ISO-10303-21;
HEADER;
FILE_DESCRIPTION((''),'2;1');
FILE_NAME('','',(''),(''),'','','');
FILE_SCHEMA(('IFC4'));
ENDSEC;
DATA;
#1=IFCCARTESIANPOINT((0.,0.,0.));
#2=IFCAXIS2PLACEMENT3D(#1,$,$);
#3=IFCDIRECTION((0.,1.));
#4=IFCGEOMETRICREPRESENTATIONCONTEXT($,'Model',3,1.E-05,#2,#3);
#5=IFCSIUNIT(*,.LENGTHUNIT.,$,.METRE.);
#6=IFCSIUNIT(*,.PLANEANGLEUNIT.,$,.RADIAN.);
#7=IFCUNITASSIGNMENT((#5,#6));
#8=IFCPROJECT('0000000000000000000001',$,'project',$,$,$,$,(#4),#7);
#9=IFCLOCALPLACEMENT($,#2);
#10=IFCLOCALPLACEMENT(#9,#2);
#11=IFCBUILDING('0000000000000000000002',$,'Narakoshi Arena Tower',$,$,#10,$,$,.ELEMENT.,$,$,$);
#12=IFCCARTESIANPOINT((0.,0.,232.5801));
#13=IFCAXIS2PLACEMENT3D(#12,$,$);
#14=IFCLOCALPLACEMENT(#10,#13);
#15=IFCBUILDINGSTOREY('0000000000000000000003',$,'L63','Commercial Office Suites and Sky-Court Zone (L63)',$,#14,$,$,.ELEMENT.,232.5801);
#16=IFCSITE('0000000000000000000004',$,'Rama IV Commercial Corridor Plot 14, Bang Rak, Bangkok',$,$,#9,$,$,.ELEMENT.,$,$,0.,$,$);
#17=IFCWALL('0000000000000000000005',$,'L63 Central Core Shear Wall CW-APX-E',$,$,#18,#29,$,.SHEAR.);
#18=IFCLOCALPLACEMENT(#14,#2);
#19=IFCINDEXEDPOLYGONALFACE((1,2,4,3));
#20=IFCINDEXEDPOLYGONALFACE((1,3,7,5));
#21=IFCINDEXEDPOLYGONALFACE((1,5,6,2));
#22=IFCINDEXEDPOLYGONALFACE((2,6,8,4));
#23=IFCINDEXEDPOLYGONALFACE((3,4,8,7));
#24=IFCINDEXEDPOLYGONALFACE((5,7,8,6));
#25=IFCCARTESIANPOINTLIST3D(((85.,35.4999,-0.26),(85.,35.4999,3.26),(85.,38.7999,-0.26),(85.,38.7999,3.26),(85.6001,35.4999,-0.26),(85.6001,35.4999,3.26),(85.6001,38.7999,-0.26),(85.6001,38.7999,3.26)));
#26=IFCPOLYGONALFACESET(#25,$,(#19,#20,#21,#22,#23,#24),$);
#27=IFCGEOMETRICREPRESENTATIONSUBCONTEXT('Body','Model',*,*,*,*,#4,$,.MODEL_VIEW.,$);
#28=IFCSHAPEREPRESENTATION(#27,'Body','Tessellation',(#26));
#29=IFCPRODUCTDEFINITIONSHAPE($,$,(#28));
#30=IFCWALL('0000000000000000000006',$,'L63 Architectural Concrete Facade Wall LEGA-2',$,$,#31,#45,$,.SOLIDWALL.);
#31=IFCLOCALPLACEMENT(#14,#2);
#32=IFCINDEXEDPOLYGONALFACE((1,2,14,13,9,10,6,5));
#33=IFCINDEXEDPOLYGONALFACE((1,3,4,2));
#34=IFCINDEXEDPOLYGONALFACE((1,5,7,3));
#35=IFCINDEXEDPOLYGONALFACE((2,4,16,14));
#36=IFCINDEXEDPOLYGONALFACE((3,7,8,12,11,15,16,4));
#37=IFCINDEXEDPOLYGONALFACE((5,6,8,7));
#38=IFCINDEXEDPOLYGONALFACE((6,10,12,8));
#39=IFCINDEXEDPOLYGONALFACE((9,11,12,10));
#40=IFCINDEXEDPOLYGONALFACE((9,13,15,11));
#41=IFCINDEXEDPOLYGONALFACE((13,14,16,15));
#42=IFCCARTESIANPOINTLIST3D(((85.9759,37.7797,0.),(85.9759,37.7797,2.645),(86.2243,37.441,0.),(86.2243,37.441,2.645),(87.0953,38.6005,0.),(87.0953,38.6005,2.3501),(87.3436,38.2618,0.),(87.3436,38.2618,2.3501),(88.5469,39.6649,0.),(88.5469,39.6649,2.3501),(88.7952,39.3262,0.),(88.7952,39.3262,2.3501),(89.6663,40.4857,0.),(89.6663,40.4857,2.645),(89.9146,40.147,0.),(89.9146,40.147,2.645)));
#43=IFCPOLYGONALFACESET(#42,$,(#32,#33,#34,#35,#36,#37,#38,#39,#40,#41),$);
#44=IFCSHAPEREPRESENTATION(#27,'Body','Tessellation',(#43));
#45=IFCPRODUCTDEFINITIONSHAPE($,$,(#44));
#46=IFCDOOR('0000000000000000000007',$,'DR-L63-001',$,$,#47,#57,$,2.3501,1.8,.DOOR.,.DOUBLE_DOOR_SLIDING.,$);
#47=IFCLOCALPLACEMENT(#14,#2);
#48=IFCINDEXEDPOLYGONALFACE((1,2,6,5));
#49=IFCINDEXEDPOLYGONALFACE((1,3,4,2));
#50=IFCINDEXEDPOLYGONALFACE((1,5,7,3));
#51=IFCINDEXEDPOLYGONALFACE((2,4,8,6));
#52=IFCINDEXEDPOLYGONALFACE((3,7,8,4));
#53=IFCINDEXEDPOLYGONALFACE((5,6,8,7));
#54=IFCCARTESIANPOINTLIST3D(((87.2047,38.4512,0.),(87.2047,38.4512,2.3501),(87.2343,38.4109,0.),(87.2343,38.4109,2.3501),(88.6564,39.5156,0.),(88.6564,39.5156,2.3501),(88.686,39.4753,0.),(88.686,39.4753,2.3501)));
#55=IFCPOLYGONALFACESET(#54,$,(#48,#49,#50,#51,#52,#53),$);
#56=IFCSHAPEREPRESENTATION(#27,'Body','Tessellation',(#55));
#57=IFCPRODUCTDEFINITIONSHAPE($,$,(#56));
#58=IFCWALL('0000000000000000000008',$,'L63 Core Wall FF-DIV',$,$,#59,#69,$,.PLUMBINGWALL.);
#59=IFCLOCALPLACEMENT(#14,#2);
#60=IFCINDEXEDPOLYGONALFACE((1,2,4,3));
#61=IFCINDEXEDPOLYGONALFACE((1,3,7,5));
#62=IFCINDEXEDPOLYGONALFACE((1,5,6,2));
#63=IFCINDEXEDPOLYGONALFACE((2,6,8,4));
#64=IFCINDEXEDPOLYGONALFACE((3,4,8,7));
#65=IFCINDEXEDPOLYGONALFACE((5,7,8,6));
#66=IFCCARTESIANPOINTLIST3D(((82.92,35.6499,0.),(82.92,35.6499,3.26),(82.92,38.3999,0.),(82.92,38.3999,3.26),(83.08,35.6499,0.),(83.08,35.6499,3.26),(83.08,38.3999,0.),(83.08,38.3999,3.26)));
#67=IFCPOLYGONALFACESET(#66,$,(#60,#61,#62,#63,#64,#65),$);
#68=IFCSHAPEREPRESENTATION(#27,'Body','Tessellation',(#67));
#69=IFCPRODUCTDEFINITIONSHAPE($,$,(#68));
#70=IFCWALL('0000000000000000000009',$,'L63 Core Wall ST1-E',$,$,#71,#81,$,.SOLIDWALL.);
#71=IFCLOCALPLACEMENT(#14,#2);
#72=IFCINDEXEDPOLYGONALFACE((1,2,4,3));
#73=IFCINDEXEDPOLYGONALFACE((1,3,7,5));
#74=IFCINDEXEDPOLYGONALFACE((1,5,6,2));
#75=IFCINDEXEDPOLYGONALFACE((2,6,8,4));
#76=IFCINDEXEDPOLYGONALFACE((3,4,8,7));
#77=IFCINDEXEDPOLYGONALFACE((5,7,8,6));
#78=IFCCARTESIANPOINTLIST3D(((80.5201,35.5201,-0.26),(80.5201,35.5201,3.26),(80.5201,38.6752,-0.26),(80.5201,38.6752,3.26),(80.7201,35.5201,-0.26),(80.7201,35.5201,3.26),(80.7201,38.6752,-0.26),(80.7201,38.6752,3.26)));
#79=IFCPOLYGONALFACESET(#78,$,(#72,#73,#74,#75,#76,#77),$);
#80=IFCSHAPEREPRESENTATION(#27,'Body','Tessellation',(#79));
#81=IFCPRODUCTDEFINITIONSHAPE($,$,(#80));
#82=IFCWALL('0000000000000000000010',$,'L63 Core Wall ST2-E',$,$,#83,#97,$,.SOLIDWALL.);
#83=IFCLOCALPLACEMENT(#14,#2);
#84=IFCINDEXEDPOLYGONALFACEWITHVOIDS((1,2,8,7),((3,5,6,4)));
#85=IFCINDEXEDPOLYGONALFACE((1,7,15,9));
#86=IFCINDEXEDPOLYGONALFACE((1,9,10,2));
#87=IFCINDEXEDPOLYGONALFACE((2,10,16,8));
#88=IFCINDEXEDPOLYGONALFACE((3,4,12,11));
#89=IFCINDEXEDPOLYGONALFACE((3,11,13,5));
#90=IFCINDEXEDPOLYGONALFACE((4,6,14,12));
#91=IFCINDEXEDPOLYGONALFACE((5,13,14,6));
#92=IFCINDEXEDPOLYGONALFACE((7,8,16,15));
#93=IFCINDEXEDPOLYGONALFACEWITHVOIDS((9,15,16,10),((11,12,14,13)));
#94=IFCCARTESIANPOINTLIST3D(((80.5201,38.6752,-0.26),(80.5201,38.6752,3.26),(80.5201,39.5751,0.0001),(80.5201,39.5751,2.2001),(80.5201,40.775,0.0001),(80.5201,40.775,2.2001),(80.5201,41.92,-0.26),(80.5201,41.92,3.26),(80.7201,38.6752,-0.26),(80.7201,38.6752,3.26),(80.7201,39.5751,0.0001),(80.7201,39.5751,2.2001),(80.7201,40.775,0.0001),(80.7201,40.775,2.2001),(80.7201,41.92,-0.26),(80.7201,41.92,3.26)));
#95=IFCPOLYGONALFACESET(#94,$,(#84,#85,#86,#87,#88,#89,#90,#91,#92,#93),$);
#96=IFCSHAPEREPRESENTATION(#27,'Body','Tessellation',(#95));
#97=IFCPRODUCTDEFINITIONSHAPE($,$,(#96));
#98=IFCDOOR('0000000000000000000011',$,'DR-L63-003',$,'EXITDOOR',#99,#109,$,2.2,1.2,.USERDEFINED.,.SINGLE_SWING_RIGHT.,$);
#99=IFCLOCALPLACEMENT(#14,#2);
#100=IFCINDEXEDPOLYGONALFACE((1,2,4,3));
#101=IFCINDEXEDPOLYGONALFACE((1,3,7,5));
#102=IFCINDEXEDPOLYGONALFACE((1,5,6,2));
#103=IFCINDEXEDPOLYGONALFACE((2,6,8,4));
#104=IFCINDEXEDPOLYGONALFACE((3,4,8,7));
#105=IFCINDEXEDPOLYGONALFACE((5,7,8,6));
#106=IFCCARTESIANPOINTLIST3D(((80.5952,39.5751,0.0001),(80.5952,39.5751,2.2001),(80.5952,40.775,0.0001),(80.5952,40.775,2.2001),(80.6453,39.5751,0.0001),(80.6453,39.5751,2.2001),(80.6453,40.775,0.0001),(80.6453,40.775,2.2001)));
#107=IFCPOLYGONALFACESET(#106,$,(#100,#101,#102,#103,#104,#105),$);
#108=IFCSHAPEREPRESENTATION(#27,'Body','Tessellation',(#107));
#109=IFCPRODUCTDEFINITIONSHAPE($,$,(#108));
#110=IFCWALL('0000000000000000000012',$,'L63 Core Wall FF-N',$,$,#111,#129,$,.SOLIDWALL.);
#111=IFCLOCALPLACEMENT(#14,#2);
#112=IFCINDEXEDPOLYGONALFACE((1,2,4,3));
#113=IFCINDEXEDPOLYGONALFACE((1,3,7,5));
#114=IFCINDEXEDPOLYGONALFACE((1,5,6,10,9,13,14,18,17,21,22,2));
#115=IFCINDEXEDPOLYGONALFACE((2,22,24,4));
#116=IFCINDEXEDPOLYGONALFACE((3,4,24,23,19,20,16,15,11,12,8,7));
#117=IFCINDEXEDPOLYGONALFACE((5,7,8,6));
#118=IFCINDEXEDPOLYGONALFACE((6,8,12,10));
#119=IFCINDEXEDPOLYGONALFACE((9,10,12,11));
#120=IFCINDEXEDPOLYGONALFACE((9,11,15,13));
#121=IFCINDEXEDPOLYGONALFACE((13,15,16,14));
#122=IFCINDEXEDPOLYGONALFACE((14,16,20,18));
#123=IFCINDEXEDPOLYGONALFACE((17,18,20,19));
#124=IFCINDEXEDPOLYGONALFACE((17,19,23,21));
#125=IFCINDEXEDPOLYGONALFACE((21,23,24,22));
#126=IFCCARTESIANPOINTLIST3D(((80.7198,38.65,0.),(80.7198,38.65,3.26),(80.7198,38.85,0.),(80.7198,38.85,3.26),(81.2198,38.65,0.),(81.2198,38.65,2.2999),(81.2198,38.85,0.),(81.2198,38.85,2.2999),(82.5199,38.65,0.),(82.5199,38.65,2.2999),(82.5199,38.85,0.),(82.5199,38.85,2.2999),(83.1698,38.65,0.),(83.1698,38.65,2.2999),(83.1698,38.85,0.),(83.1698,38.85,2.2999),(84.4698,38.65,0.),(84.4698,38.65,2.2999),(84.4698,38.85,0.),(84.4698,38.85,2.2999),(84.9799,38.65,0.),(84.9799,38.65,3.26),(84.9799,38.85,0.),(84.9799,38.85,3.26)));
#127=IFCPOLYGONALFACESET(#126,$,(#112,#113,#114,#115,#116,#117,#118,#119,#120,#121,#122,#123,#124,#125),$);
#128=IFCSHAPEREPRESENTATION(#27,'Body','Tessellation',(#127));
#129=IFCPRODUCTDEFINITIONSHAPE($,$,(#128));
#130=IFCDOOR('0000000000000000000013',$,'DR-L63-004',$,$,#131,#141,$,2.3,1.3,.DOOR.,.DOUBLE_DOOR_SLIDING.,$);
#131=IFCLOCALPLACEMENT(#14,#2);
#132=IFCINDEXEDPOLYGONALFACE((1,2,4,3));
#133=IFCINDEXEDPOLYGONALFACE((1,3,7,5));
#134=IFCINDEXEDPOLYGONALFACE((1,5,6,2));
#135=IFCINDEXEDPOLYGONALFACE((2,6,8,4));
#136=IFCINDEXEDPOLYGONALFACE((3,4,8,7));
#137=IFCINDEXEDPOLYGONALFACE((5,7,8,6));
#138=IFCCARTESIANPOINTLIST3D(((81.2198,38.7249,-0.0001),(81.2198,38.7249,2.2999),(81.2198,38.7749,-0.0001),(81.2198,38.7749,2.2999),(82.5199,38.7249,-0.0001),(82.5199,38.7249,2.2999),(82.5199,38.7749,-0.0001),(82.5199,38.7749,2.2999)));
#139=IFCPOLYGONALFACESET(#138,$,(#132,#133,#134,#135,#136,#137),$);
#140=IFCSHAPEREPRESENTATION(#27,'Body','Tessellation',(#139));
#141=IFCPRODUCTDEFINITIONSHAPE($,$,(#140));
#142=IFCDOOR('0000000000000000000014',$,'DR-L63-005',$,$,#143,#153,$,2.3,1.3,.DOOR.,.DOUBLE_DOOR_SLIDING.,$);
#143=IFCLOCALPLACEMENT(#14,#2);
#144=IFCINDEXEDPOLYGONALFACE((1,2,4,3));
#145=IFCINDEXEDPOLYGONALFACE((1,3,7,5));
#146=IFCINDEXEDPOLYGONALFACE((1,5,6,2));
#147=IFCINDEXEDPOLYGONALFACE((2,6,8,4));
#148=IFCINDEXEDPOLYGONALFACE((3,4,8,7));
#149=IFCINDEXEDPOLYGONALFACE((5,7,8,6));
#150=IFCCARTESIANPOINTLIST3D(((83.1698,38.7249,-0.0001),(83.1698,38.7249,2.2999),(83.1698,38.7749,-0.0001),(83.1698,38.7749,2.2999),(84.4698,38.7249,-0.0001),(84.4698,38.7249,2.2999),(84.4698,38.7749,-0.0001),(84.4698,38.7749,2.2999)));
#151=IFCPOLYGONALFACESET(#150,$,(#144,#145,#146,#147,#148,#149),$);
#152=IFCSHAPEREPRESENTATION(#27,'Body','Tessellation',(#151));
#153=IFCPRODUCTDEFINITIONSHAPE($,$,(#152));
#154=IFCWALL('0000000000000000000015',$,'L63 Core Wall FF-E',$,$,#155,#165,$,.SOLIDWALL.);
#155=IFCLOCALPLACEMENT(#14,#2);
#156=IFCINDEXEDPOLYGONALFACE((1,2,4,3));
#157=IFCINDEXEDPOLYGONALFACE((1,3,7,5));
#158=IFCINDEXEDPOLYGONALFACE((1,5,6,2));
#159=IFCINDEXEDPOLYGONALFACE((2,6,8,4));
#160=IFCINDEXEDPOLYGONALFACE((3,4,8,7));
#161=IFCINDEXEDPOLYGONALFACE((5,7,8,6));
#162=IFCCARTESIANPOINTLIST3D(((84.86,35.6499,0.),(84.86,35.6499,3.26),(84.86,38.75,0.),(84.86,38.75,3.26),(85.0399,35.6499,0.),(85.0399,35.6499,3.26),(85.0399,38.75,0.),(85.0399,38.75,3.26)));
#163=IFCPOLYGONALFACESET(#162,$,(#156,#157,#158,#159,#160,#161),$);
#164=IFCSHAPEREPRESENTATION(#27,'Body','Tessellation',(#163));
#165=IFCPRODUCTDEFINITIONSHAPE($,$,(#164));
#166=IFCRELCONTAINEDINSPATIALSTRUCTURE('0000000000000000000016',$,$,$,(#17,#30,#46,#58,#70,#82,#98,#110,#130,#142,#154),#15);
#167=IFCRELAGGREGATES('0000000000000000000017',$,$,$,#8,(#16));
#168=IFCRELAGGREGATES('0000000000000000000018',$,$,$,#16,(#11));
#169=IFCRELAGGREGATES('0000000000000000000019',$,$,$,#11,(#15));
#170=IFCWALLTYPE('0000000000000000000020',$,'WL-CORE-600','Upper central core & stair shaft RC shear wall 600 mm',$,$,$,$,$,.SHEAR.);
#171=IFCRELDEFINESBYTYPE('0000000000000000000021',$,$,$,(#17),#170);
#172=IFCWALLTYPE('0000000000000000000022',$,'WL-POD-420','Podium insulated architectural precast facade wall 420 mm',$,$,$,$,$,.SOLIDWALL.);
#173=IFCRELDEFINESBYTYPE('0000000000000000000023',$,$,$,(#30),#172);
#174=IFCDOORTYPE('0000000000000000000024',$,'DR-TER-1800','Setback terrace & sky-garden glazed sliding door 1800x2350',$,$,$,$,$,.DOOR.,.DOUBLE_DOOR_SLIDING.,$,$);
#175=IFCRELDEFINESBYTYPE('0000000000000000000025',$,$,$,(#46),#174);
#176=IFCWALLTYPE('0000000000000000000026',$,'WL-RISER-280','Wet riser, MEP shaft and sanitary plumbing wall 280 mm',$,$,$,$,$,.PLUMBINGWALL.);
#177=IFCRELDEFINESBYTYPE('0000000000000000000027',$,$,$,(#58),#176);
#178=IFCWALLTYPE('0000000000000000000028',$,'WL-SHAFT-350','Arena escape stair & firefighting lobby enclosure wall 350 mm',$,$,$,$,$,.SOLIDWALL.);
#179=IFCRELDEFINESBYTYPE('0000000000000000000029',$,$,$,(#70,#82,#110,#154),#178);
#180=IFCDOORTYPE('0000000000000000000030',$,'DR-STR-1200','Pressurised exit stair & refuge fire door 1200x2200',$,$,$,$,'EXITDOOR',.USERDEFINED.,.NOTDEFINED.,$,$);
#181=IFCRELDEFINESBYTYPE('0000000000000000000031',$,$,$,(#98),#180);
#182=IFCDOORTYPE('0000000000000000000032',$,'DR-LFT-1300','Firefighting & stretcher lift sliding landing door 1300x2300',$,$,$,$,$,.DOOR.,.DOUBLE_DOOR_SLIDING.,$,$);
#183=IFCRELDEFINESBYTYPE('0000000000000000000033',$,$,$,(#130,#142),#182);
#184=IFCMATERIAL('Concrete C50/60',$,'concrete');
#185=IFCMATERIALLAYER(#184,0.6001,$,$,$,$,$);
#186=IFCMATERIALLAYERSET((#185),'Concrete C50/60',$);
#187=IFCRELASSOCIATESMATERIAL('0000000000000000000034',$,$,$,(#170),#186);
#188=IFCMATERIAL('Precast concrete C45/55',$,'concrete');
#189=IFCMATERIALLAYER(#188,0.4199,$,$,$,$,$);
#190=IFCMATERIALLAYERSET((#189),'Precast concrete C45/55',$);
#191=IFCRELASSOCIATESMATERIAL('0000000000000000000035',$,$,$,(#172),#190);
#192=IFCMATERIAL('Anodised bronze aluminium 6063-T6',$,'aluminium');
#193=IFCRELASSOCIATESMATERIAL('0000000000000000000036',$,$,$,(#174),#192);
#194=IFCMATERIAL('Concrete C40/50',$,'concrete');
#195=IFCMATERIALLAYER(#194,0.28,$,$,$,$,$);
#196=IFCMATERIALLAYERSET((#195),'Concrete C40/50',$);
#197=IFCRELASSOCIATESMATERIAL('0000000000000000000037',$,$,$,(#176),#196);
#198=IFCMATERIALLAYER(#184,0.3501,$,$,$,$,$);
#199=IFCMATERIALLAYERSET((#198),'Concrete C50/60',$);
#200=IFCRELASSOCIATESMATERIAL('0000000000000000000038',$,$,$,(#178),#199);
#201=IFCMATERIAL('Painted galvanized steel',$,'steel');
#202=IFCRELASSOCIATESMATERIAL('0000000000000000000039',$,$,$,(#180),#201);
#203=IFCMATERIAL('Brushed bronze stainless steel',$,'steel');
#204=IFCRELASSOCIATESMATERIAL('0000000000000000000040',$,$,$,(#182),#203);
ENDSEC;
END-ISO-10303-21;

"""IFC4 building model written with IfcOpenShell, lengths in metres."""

from ifc_helpers import new_model, si_unit, direction, frame, frame_2d, origin, place, context, subcontext, project, spatial, rectangle, extrude, material, layer, layer_set, type_object, element, fill, save


model = new_model("IFC4")

# Units and contexts
model_context = context("Model", 3, precision=1e-05, world=origin(), true_north=direction((0.0, 1.0)))
body_context = subcontext(model_context, "Body", "Model", "MODEL_VIEW")
ifc_project = project(units=[si_unit("LENGTHUNIT", "METRE"), si_unit("PLANEANGLEUNIT", "RADIAN")], contexts=[model_context])

# Site, building, storey
site_placement = place(None, origin())
site = spatial("IfcSite", under=ifc_project, at=site_placement, Name="Rama IV Commercial Corridor Plot 14, Bang Rak, Bangkok", CompositionType="ELEMENT", RefElevation=0.0)
building_placement = place(site_placement, origin())
building = spatial("IfcBuilding", under=site, at=building_placement, Name="Narakoshi Arena Tower", CompositionType="ELEMENT")
storey_placement = place(building_placement, frame((0.0, 0.0, 232.5801)))
storey = spatial("IfcBuildingStorey", under=building, at=storey_placement, Name="L63", Description="Commercial Office Suites and Sky-Court Zone (L63)", CompositionType="ELEMENT", Elevation=232.5801)

# Wall
ifc_material_1 = material(Name="Concrete C50/60", Category="concrete")
ifc_layer_1 = layer(ifc_material_1, 0.6001)
ifc_layer_set_1 = layer_set([ifc_layer_1], Name="Concrete C50/60")
wall_type_1 = type_object("IfcWallType", Name="WL-CORE-600", Description="Upper central core & stair shaft RC shear wall 600 mm", PredefinedType="SHEAR", material=ifc_layer_set_1)
wall_1_placement = place(storey_placement, frame((85.3, 35.5, -0.26), z_axis=(0.0, 0.0, 1.0), x_axis=(0.0, 1.0, 0.0)))
element("IfcWall", 1, at=wall_1_placement, inside=storey, type_object=wall_type_1, Name="L63 Central Core Shear Wall CW-APX-E", PredefinedType="SHEAR", context=body_context, shape_type="SweptSolid", body=[
    extrude(rectangle(XDim=3.3, YDim=0.6001, at=frame_2d((1.6499, 0.0))), origin(), (0.0, 0.0, 1.0), 3.52),
])

# Wall, opening, door
ifc_material_2 = material(Name="Precast concrete C45/55", Category="concrete")
ifc_layer_2 = layer(ifc_material_2, 0.4199)
ifc_layer_set_2 = layer_set([ifc_layer_2], Name="Precast concrete C45/55")
wall_type_2 = type_object("IfcWallType", Name="WL-POD-420", Description="Podium insulated architectural precast facade wall 420 mm", PredefinedType="SOLIDWALL", material=ifc_layer_set_2)
wall_2_placement = place(storey_placement, frame((86.1001, 37.6104, 0.0), z_axis=(0.0, 0.0, 1.0), x_axis=(0.806432, 0.591327, 0.0)))
wall_2 = element("IfcWall", 2, at=wall_2_placement, inside=storey, type_object=wall_type_2, Name="L63 Architectural Concrete Facade Wall LEGA-2", PredefinedType="SOLIDWALL", context=body_context, shape_type="SweptSolid", body=[
    extrude(rectangle(XDim=4.5762, YDim=0.4199, at=frame_2d((2.2881, 0.0))), origin(), (0.0, 0.0, 1.0), 2.645),
])
opening_1_placement = place(wall_2_placement, frame((1.3882, 0.0, 0.0)))
opening_1 = element("IfcOpeningElement", 3, at=opening_1_placement, cuts=wall_2, PredefinedType="OPENING", context=body_context, shape_type="SweptSolid", body=[
    extrude(rectangle(XDim=1.8, YDim=2.3501, at=frame_2d((0.8999, 1.175))), frame((0.0, 0.22, 0.0), z_axis=(0.0, -1.0, 0.0), x_axis=(1.0, 0.0, 0.0)), (0.0, 0.0, 1.0), 0.4399),
])
ifc_material_3 = material(Name="Anodised bronze aluminium 6063-T6", Category="aluminium")
door_type_1 = type_object("IfcDoorType", Name="DR-TER-1800", Description="Setback terrace & sky-garden glazed sliding door 1800x2350", OperationType="DOUBLE_DOOR_SLIDING", PredefinedType="DOOR", material=ifc_material_3)
door_1_placement = place(opening_1_placement, origin())
door_1 = element("IfcDoor", 4, at=door_1_placement, inside=storey, type_object=door_type_1, Name="DR-L63-001", OperationType="DOUBLE_DOOR_SLIDING", OverallHeight=2.3501, OverallWidth=1.8, PredefinedType="DOOR", context=body_context, shape_type="SweptSolid", body=[
    extrude(rectangle(XDim=1.8, YDim=2.3501, at=frame_2d((0.8999, 1.175))), frame((0.0, 0.0249, 0.0), z_axis=(0.0, -1.0, 0.0), x_axis=(1.0, 0.0, 0.0)), (0.0, 0.0, 1.0), 0.05),
])
fill(opening_1, door_1)

# Walls
ifc_material_4 = material(Name="Concrete C40/50", Category="concrete")
ifc_layer_3 = layer(ifc_material_4, 0.28)
ifc_layer_set_3 = layer_set([ifc_layer_3], Name="Concrete C40/50")
wall_type_3 = type_object("IfcWallType", Name="WL-RISER-280", Description="Wet riser, MEP shaft and sanitary plumbing wall 280 mm", PredefinedType="PLUMBINGWALL", material=ifc_layer_set_3)
wall_3_placement = place(storey_placement, frame((83.0, 35.6499, 0.0), z_axis=(0.0, 0.0, 1.0), x_axis=(0.0, 1.0, 0.0)))
element("IfcWall", 5, at=wall_3_placement, inside=storey, type_object=wall_type_3, Name="L63 Core Wall FF-DIV", PredefinedType="PLUMBINGWALL", context=body_context, shape_type="SweptSolid", body=[
    extrude(rectangle(XDim=2.75, YDim=0.1599, at=frame_2d((1.375, 0.0))), origin(), (0.0, 0.0, 1.0), 3.26),
])
ifc_layer_4 = layer(ifc_material_1, 0.3501)
ifc_layer_set_4 = layer_set([ifc_layer_4], Name="Concrete C50/60")
wall_type_4 = type_object("IfcWallType", Name="WL-SHAFT-350", Description="Arena escape stair & firefighting lobby enclosure wall 350 mm", PredefinedType="SOLIDWALL", material=ifc_layer_set_4)
wall_4_placement = place(storey_placement, frame((80.6201, 35.52, -0.26), z_axis=(0.0, 0.0, 1.0), x_axis=(0.0, 1.0, 0.0)))
element("IfcWall", 6, at=wall_4_placement, inside=storey, type_object=wall_type_4, Name="L63 Core Wall ST1-E", PredefinedType="SOLIDWALL", context=body_context, shape_type="SweptSolid", body=[
    extrude(rectangle(XDim=3.155, YDim=0.2, at=frame_2d((1.5776, 0.0))), origin(), (0.0, 0.0, 1.0), 3.52),
])

# Wall, opening, door
wall_5_placement = place(storey_placement, frame((80.6201, 38.675, -0.26), z_axis=(0.0, 0.0, 1.0), x_axis=(0.0, 1.0, 0.0)))
wall_5 = element("IfcWall", 7, at=wall_5_placement, inside=storey, type_object=wall_type_4, Name="L63 Core Wall ST2-E", PredefinedType="SOLIDWALL", context=body_context, shape_type="SweptSolid", body=[
    extrude(rectangle(XDim=3.2449, YDim=0.2, at=frame_2d((1.6226, 0.0))), origin(), (0.0, 0.0, 1.0), 3.52),
])
opening_2_placement = place(wall_5_placement, frame((0.8999, 0.0, 0.26)))
opening_2 = element("IfcOpeningElement", 8, at=opening_2_placement, cuts=wall_5, PredefinedType="OPENING", context=body_context, shape_type="SweptSolid", body=[
    extrude(rectangle(XDim=1.2, YDim=2.2, at=frame_2d((0.6001, 1.1001))), frame((0.0, 0.1099, 0.0), z_axis=(0.0, -1.0, 0.0), x_axis=(1.0, 0.0, 0.0)), (0.0, 0.0, 1.0), 0.22),
])
ifc_material_5 = material(Name="Painted galvanized steel", Category="steel")
door_type_2 = type_object("IfcDoorType", Name="DR-STR-1200", Description="Pressurised exit stair & refuge fire door 1200x2200", ElementType="EXITDOOR", OperationType="NOTDEFINED", PredefinedType="USERDEFINED", material=ifc_material_5)
door_2_placement = place(opening_2_placement, origin())
door_2 = element("IfcDoor", 9, at=door_2_placement, inside=storey, type_object=door_type_2, Name="DR-L63-003", ObjectType="EXITDOOR", OperationType="SINGLE_SWING_RIGHT", OverallHeight=2.2, OverallWidth=1.2, PredefinedType="USERDEFINED", context=body_context, shape_type="SweptSolid", body=[
    extrude(rectangle(XDim=1.2, YDim=2.2, at=frame_2d((0.6001, 1.1001))), frame((0.0, 0.0249, 0.0), z_axis=(0.0, -1.0, 0.0), x_axis=(1.0, 0.0, 0.0)), (0.0, 0.0, 1.0), 0.05),
])
fill(opening_2, door_2)

# Wall, openings, doors
wall_6_placement = place(storey_placement, frame((80.72, 38.75, 0.0), z_axis=(0.0, 0.0, 1.0), x_axis=(1.0, 0.0, 0.0)))
wall_6 = element("IfcWall", 10, at=wall_6_placement, inside=storey, type_object=wall_type_4, Name="L63 Core Wall FF-N", PredefinedType="SOLIDWALL", context=body_context, shape_type="SweptSolid", body=[
    extrude(rectangle(XDim=4.26, YDim=0.2, at=frame_2d((2.1299, 0.0))), origin(), (0.0, 0.0, 1.0), 3.26),
])
opening_3_placement = place(wall_6_placement, frame((0.5, 0.0, 0.0)))
opening_3 = element("IfcOpeningElement", 11, at=opening_3_placement, cuts=wall_6, PredefinedType="OPENING", context=body_context, shape_type="SweptSolid", body=[
    extrude(rectangle(XDim=1.3, YDim=2.3, at=frame_2d((0.6499, 1.1499))), frame((0.0, 0.1099, 0.0), z_axis=(0.0, -1.0, 0.0), x_axis=(1.0, 0.0, 0.0)), (0.0, 0.0, 1.0), 0.22),
])
opening_4_placement = place(wall_6_placement, frame((2.45, 0.0, 0.0)))
opening_4 = element("IfcOpeningElement", 12, at=opening_4_placement, cuts=wall_6, PredefinedType="OPENING", context=body_context, shape_type="SweptSolid", body=[
    extrude(rectangle(XDim=1.3, YDim=2.3, at=frame_2d((0.6499, 1.1499))), frame((0.0, 0.1099, 0.0), z_axis=(0.0, -1.0, 0.0), x_axis=(1.0, 0.0, 0.0)), (0.0, 0.0, 1.0), 0.22),
])
ifc_material_6 = material(Name="Brushed bronze stainless steel", Category="steel")
door_type_3 = type_object("IfcDoorType", Name="DR-LFT-1300", Description="Firefighting & stretcher lift sliding landing door 1300x2300", OperationType="DOUBLE_DOOR_SLIDING", PredefinedType="DOOR", material=ifc_material_6)
door_3_placement = place(opening_3_placement, origin())
door_3 = element("IfcDoor", 13, at=door_3_placement, inside=storey, type_object=door_type_3, Name="DR-L63-004", OperationType="DOUBLE_DOOR_SLIDING", OverallHeight=2.3, OverallWidth=1.3, PredefinedType="DOOR", context=body_context, shape_type="SweptSolid", body=[
    extrude(rectangle(XDim=1.3, YDim=2.3, at=frame_2d((0.6499, 1.1499))), frame((0.0, 0.0249, 0.0), z_axis=(0.0, -1.0, 0.0), x_axis=(1.0, 0.0, 0.0)), (0.0, 0.0, 1.0), 0.05),
])
fill(opening_3, door_3)
door_4_placement = place(opening_4_placement, origin())
door_4 = element("IfcDoor", 14, at=door_4_placement, inside=storey, type_object=door_type_3, Name="DR-L63-005", OperationType="DOUBLE_DOOR_SLIDING", OverallHeight=2.3, OverallWidth=1.3, PredefinedType="DOOR", context=body_context, shape_type="SweptSolid", body=[
    extrude(rectangle(XDim=1.3, YDim=2.3, at=frame_2d((0.6499, 1.1499))), frame((0.0, 0.0249, 0.0), z_axis=(0.0, -1.0, 0.0), x_axis=(1.0, 0.0, 0.0)), (0.0, 0.0, 1.0), 0.05),
])
fill(opening_4, door_4)

# Wall
for number, where, z_axis, x_axis, name in (
    (15, (84.95, 35.6499, 0.0), (0.0, 0.0, 1.0), (0.0, 1.0, 0.0), "L63 Core Wall FF-E"),
):
    element("IfcWall", number, at=place(storey_placement, frame(where, z_axis=z_axis, x_axis=x_axis)), inside=storey, type_object=wall_type_4, Name=name, PredefinedType="SOLIDWALL", context=body_context, shape_type="SweptSolid", body=[
        extrude(rectangle(XDim=3.1001, YDim=0.1799, at=frame_2d((1.55, 0.0))), origin(), (0.0, 0.0, 1.0), 3.26),
    ])

save(model, "model.ifc")
